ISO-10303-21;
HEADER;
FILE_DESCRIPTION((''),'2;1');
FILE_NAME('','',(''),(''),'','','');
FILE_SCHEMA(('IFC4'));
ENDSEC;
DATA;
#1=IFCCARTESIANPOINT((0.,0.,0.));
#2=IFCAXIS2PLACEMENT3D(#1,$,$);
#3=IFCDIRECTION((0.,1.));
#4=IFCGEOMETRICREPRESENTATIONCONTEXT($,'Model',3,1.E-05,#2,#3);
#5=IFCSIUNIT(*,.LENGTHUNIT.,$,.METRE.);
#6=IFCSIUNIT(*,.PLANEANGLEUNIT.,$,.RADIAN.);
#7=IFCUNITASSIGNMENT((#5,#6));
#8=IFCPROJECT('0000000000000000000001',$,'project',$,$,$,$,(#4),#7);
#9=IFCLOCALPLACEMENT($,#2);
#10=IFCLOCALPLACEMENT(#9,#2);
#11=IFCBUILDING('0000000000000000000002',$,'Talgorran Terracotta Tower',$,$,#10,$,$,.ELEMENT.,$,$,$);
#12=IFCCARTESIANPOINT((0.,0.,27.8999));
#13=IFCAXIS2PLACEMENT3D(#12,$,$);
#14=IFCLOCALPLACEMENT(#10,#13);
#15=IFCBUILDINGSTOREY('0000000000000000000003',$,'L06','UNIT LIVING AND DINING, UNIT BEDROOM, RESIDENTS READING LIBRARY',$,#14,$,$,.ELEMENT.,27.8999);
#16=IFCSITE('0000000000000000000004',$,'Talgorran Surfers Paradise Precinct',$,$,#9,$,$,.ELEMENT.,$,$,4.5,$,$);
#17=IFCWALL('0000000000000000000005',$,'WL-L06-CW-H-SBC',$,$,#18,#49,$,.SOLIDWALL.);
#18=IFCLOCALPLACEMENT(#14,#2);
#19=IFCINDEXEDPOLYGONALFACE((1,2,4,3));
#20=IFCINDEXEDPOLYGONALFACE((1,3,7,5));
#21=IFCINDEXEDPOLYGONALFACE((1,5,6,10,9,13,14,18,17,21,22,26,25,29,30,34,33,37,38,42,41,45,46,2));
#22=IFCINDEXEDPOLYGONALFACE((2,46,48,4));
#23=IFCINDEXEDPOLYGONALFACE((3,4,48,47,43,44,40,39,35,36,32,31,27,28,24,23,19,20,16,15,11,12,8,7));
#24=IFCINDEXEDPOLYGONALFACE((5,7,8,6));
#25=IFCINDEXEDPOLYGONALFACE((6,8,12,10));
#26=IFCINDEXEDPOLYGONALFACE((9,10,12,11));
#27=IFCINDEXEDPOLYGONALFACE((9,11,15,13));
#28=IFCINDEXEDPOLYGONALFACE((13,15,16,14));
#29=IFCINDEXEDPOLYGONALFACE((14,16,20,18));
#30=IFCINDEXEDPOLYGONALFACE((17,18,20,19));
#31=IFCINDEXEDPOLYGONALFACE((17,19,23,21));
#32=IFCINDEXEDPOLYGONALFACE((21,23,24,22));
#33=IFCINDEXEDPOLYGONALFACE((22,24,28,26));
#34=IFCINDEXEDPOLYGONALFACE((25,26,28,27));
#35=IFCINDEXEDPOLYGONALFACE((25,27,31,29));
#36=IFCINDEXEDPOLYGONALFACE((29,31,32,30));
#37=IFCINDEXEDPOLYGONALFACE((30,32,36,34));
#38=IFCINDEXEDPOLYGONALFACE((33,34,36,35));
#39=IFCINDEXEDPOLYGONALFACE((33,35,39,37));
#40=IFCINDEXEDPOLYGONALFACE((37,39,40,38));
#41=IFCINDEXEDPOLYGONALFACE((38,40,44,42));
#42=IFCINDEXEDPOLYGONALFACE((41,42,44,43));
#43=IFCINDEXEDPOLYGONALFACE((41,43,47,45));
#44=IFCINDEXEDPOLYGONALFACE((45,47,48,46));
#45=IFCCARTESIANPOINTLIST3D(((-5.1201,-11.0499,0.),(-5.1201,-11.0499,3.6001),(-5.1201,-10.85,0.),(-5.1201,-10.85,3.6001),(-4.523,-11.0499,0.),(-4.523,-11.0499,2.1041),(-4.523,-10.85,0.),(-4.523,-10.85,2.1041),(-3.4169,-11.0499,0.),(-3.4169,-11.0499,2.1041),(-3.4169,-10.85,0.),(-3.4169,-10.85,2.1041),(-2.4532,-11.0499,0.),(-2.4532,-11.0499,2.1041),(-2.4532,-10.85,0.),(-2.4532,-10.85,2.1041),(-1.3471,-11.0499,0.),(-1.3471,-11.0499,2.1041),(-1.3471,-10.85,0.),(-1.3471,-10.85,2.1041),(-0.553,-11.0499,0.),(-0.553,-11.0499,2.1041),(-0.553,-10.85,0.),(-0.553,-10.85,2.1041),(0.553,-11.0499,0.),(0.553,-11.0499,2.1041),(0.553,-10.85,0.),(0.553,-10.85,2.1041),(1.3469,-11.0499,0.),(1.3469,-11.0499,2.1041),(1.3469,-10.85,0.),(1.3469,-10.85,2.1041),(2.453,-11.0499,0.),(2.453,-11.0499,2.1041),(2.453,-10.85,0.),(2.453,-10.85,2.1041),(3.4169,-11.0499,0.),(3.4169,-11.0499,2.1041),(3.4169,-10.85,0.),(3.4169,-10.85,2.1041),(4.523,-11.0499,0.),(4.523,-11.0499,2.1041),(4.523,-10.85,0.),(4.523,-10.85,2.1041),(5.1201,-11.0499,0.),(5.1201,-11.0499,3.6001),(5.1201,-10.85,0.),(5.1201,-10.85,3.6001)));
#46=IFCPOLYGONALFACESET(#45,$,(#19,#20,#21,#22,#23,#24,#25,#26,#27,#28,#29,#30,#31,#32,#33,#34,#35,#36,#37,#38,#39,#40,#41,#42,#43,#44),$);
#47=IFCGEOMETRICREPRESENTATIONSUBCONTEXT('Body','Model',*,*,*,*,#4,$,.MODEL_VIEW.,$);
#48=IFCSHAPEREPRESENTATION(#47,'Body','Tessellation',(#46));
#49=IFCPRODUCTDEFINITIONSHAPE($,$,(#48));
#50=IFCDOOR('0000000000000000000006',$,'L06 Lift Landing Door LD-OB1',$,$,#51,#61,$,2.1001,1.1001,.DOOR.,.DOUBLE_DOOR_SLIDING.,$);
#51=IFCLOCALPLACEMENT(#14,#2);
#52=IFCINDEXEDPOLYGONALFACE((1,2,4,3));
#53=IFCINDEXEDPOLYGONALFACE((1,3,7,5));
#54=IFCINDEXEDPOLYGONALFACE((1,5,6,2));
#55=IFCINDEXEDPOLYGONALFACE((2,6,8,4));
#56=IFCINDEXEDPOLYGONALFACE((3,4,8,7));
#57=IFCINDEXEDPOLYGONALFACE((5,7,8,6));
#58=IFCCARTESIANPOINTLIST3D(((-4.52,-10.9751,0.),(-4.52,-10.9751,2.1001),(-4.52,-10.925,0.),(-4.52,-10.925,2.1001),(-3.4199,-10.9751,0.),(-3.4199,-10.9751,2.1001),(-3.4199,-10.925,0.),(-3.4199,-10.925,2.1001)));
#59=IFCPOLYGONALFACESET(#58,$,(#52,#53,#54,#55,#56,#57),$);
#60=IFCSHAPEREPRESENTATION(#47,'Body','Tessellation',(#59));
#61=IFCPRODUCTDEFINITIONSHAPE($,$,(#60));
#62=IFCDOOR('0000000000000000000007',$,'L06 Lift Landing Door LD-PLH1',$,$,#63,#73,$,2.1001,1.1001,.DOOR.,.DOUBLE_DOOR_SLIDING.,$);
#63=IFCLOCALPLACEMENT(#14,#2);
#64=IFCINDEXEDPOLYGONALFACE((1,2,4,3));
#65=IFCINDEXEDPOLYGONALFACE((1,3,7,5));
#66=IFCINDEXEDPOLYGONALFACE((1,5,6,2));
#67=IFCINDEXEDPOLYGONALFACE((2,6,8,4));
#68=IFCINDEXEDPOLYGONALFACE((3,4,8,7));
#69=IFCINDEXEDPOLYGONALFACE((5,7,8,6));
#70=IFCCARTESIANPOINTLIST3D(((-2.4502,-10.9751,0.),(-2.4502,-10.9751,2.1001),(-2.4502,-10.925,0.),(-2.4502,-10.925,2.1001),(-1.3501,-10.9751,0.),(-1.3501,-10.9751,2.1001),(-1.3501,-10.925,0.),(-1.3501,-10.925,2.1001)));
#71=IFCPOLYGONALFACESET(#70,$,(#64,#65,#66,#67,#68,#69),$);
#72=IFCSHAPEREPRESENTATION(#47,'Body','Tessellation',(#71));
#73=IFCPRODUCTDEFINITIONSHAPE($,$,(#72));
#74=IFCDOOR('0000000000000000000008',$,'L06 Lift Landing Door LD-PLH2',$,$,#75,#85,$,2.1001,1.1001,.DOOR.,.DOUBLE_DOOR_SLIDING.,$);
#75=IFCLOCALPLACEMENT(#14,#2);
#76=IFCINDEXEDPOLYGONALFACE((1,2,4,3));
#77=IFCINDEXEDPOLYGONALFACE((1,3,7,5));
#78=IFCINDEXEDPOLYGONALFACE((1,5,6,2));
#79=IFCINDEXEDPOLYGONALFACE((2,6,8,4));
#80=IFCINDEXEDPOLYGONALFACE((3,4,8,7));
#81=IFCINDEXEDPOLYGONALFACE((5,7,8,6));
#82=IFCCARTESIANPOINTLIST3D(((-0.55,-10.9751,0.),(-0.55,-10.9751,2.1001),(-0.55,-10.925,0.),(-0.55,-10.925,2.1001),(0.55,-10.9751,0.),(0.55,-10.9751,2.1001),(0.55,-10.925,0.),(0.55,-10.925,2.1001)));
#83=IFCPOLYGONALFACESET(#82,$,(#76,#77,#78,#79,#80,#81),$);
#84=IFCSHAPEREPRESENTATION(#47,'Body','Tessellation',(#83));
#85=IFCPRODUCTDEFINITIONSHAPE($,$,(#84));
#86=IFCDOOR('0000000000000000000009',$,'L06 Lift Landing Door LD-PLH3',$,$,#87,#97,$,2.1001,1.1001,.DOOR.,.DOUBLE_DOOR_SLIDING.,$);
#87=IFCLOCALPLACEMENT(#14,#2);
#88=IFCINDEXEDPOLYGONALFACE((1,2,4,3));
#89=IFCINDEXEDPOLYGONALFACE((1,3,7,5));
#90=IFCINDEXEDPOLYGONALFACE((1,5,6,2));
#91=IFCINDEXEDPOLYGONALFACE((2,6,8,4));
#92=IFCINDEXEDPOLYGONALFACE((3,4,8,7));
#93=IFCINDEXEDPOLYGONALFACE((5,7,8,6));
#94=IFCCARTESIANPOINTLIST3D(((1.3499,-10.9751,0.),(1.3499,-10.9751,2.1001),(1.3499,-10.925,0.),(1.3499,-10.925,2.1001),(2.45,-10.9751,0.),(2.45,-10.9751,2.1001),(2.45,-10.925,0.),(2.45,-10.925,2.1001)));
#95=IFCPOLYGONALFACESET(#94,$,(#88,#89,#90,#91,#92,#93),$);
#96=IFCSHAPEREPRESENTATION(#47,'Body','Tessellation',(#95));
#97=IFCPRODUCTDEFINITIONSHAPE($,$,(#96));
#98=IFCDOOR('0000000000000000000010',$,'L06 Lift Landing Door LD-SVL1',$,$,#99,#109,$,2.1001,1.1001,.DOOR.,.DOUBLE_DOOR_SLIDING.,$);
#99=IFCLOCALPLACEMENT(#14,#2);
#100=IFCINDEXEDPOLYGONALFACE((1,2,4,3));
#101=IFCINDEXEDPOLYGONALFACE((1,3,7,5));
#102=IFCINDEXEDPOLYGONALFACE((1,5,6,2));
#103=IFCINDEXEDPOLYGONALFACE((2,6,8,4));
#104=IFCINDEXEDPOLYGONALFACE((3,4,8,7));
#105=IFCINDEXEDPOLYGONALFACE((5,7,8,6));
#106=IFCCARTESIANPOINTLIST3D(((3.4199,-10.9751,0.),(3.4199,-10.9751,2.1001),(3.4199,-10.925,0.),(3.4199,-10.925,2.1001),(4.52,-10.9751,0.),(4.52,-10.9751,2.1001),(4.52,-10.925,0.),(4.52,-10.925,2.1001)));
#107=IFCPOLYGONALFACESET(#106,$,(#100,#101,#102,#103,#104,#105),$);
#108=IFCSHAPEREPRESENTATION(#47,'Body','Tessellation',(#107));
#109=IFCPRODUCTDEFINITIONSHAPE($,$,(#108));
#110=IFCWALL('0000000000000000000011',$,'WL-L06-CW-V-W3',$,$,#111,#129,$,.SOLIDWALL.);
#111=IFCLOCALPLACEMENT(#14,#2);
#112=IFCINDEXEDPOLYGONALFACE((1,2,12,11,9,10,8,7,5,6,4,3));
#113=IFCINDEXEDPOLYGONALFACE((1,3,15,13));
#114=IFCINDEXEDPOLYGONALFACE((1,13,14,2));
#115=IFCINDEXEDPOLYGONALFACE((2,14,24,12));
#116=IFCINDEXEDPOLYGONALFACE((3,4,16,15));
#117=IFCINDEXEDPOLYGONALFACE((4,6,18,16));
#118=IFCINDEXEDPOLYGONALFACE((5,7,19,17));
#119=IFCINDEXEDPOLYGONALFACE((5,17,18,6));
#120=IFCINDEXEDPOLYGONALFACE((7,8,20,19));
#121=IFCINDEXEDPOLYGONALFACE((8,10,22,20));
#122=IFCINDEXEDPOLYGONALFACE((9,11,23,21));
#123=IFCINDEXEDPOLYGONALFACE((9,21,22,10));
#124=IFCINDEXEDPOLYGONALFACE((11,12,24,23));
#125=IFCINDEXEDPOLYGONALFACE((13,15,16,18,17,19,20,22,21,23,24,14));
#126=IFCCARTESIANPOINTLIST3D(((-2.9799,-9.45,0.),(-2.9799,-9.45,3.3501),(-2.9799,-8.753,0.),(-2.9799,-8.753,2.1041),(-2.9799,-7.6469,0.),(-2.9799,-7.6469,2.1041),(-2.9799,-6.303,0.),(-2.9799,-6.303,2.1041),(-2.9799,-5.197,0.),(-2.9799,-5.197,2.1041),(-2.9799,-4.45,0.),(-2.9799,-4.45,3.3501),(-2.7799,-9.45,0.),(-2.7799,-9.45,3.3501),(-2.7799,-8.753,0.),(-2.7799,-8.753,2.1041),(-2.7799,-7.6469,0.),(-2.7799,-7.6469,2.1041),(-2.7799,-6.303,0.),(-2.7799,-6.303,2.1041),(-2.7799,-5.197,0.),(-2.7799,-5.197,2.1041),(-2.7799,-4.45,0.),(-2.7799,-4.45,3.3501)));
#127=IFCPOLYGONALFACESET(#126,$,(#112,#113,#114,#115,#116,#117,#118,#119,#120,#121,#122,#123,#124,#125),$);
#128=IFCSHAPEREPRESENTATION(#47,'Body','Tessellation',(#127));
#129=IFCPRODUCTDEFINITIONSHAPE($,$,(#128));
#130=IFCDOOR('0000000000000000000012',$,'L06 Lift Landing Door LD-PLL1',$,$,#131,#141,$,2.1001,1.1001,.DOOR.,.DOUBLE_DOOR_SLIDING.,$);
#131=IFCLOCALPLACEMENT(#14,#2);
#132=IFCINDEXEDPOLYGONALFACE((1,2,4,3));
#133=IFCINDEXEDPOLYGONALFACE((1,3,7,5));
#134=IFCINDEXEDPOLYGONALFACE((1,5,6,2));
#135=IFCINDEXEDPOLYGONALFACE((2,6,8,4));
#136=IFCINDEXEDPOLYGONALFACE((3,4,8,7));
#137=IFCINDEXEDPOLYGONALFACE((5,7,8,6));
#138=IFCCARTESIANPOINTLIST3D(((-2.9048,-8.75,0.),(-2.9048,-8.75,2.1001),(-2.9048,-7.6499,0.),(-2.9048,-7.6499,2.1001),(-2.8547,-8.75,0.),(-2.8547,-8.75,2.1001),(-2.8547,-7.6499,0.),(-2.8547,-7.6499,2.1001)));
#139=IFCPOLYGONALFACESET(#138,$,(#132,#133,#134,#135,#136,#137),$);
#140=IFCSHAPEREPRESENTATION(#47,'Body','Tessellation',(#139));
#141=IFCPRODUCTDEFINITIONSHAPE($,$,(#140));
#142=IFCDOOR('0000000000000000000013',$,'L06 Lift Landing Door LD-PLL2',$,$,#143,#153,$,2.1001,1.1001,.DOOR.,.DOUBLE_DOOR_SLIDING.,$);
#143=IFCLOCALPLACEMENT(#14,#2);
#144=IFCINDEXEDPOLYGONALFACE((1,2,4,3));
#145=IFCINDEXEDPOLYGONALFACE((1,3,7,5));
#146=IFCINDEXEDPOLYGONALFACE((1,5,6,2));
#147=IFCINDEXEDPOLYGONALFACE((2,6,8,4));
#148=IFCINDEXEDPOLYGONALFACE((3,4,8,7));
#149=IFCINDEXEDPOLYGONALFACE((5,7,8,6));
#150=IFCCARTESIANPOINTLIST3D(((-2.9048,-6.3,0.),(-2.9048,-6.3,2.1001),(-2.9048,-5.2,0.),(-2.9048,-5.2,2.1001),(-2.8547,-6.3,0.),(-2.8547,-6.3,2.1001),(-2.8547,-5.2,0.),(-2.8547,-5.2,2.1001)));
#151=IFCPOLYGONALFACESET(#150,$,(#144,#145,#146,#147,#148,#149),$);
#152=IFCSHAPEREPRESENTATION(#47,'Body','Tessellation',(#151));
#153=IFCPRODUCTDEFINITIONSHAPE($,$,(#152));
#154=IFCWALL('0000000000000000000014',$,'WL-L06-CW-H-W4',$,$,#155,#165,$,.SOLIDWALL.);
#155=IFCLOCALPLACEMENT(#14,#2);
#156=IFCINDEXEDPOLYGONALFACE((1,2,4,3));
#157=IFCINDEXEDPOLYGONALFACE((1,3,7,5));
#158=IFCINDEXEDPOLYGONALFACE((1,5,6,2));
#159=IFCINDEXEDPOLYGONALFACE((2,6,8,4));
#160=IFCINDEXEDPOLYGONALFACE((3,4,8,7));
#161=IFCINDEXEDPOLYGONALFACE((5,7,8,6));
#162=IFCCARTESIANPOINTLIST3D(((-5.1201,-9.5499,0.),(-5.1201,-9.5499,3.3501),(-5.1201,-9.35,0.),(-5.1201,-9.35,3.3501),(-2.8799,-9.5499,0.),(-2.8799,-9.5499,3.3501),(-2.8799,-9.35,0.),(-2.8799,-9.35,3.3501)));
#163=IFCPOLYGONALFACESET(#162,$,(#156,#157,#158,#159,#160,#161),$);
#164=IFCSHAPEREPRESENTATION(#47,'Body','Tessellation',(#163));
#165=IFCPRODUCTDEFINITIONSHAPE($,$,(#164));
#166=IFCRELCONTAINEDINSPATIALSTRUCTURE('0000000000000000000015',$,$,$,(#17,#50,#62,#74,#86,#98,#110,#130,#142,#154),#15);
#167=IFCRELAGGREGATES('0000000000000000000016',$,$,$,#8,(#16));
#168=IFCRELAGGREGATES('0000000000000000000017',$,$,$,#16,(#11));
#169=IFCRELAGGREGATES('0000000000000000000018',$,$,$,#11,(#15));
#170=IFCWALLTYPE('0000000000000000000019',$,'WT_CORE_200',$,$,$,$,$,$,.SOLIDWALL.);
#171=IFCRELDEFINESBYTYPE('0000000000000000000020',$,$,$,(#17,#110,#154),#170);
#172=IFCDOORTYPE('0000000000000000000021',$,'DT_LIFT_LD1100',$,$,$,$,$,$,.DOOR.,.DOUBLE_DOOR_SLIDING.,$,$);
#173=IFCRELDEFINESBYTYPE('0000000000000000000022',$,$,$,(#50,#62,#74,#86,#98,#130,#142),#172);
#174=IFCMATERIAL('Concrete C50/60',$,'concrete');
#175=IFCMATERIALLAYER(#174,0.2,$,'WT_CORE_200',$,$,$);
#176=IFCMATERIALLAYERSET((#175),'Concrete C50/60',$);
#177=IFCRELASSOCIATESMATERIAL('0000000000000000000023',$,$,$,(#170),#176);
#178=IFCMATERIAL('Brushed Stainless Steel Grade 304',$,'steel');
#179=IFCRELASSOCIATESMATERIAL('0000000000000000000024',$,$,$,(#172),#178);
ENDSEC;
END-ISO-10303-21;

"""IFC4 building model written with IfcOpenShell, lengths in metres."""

from ifc_helpers import new_model, si_unit, direction, frame, frame_2d, origin, place, context, subcontext, project, spatial, rectangle, extrude, material, layer, layer_set, type_object, element, fill, save


model = new_model("IFC4")

# Units and contexts
model_context = context("Model", 3, precision=1e-05, world=origin(), true_north=direction((0.0, 1.0)))
body_context = subcontext(model_context, "Body", "Model", "MODEL_VIEW")
ifc_project = project(units=[si_unit("LENGTHUNIT", "METRE"), si_unit("PLANEANGLEUNIT", "RADIAN")], contexts=[model_context])

# Site, building, storey
site_placement = place(None, origin())
site = spatial("IfcSite", under=ifc_project, at=site_placement, Name="Talgorran Surfers Paradise Precinct", CompositionType="ELEMENT", RefElevation=4.5)
building_placement = place(site_placement, origin())
building = spatial("IfcBuilding", under=site, at=building_placement, Name="Talgorran Terracotta Tower", CompositionType="ELEMENT")
storey_placement = place(building_placement, frame((0.0, 0.0, 27.8999)))
storey = spatial("IfcBuildingStorey", under=building, at=storey_placement, Name="L06", Description="UNIT LIVING AND DINING, UNIT BEDROOM, RESIDENTS READING LIBRARY", CompositionType="ELEMENT", Elevation=27.8999)

# Walls, openings, doors
ifc_material_1 = material(Name="Concrete C50/60", Category="concrete")
ifc_layer_1 = layer(ifc_material_1, 0.2, Name="WT_CORE_200")
ifc_layer_set_1 = layer_set([ifc_layer_1], Name="Concrete C50/60")
wall_type_1 = type_object("IfcWallType", Name="WT_CORE_200", PredefinedType="SOLIDWALL", material=ifc_layer_set_1)
wall_1_placement = place(storey_placement, frame((-5.1201, -10.95, 0.0), z_axis=(0.0, 0.0, 1.0), x_axis=(1.0, 0.0, 0.0)))
wall_1 = element("IfcWall", 1, at=wall_1_placement, inside=storey, type_object=wall_type_1, Name="WL-L06-CW-H-SBC", PredefinedType="SOLIDWALL", context=body_context, shape_type="SweptSolid", body=[
    extrude(rectangle(XDim=10.2402, YDim=0.2, at=frame_2d((5.1201, 0.0))), origin(), (0.0, 0.0, 1.0), 3.6001),
])
opening_1_placement = place(wall_1_placement, frame((0.6001, 0.0, 0.0)))
opening_1 = element("IfcOpeningElement", 2, at=opening_1_placement, cuts=wall_1, PredefinedType="OPENING", context=body_context, shape_type="SweptSolid", body=[
    extrude(rectangle(XDim=1.1061, YDim=2.1041, at=frame_2d((0.55, 1.052))), frame((0.0, 0.1099, 0.0), z_axis=(0.0, -1.0, 0.0), x_axis=(1.0, 0.0, 0.0)), (0.0, 0.0, 1.0), 0.22),
])
opening_2_placement = place(wall_1_placement, frame((2.6699, 0.0, 0.0)))
opening_2 = element("IfcOpeningElement", 3, at=opening_2_placement, cuts=wall_1, PredefinedType="OPENING", context=body_context, shape_type="SweptSolid", body=[
    extrude(rectangle(XDim=1.1061, YDim=2.1041, at=frame_2d((0.55, 1.052))), frame((0.0, 0.1099, 0.0), z_axis=(0.0, -1.0, 0.0), x_axis=(1.0, 0.0, 0.0)), (0.0, 0.0, 1.0), 0.22),
])
opening_3_placement = place(wall_1_placement, frame((4.5701, 0.0, 0.0)))
opening_3 = element("IfcOpeningElement", 4, at=opening_3_placement, cuts=wall_1, PredefinedType="OPENING", context=body_context, shape_type="SweptSolid", body=[
    extrude(rectangle(XDim=1.1061, YDim=2.1041, at=frame_2d((0.55, 1.052))), frame((0.0, 0.1099, 0.0), z_axis=(0.0, -1.0, 0.0), x_axis=(1.0, 0.0, 0.0)), (0.0, 0.0, 1.0), 0.22),
])
opening_4_placement = place(wall_1_placement, frame((6.47, 0.0, 0.0)))
opening_4 = element("IfcOpeningElement", 5, at=opening_4_placement, cuts=wall_1, PredefinedType="OPENING", context=body_context, shape_type="SweptSolid", body=[
    extrude(rectangle(XDim=1.1061, YDim=2.1041, at=frame_2d((0.55, 1.052))), frame((0.0, 0.1099, 0.0), z_axis=(0.0, -1.0, 0.0), x_axis=(1.0, 0.0, 0.0)), (0.0, 0.0, 1.0), 0.22),
])
opening_5_placement = place(wall_1_placement, frame((8.54, 0.0, 0.0)))
opening_5 = element("IfcOpeningElement", 6, at=opening_5_placement, cuts=wall_1, PredefinedType="OPENING", context=body_context, shape_type="SweptSolid", body=[
    extrude(rectangle(XDim=1.1061, YDim=2.1041, at=frame_2d((0.55, 1.052))), frame((0.0, 0.1099, 0.0), z_axis=(0.0, -1.0, 0.0), x_axis=(1.0, 0.0, 0.0)), (0.0, 0.0, 1.0), 0.22),
])
ifc_material_2 = material(Name="Brushed Stainless Steel Grade 304", Category="steel")
door_type = type_object("IfcDoorType", Name="DT_LIFT_LD1100", OperationType="DOUBLE_DOOR_SLIDING", PredefinedType="DOOR", material=ifc_material_2)
door_1_placement = place(opening_1_placement, origin())
door_1 = element("IfcDoor", 7, at=door_1_placement, inside=storey, type_object=door_type, Name="L06 Lift Landing Door LD-OB1", OperationType="DOUBLE_DOOR_SLIDING", OverallHeight=2.1001, OverallWidth=1.1001, PredefinedType="DOOR", context=body_context, shape_type="SweptSolid", body=[
    extrude(rectangle(XDim=1.1001, YDim=2.1001, at=frame_2d((0.55, 1.05))), frame((0.0, 0.0249, 0.0), z_axis=(0.0, -1.0, 0.0), x_axis=(1.0, 0.0, 0.0)), (0.0, 0.0, 1.0), 0.05),
])
fill(opening_1, door_1)
door_2_placement = place(opening_2_placement, origin())
door_2 = element("IfcDoor", 8, at=door_2_placement, inside=storey, type_object=door_type, Name="L06 Lift Landing Door LD-PLH1", OperationType="DOUBLE_DOOR_SLIDING", OverallHeight=2.1001, OverallWidth=1.1001, PredefinedType="DOOR", context=body_context, shape_type="SweptSolid", body=[
    extrude(rectangle(XDim=1.1001, YDim=2.1001, at=frame_2d((0.55, 1.05))), frame((0.0, 0.0249, 0.0), z_axis=(0.0, -1.0, 0.0), x_axis=(1.0, 0.0, 0.0)), (0.0, 0.0, 1.0), 0.05),
])
fill(opening_2, door_2)
door_3_placement = place(opening_3_placement, origin())
door_3 = element("IfcDoor", 9, at=door_3_placement, inside=storey, type_object=door_type, Name="L06 Lift Landing Door LD-PLH2", OperationType="DOUBLE_DOOR_SLIDING", OverallHeight=2.1001, OverallWidth=1.1001, PredefinedType="DOOR", context=body_context, shape_type="SweptSolid", body=[
    extrude(rectangle(XDim=1.1001, YDim=2.1001, at=frame_2d((0.55, 1.05))), frame((0.0, 0.0249, 0.0), z_axis=(0.0, -1.0, 0.0), x_axis=(1.0, 0.0, 0.0)), (0.0, 0.0, 1.0), 0.05),
])
fill(opening_3, door_3)
door_4_placement = place(opening_4_placement, origin())
door_4 = element("IfcDoor", 10, at=door_4_placement, inside=storey, type_object=door_type, Name="L06 Lift Landing Door LD-PLH3", OperationType="DOUBLE_DOOR_SLIDING", OverallHeight=2.1001, OverallWidth=1.1001, PredefinedType="DOOR", context=body_context, shape_type="SweptSolid", body=[
    extrude(rectangle(XDim=1.1001, YDim=2.1001, at=frame_2d((0.55, 1.05))), frame((0.0, 0.0249, 0.0), z_axis=(0.0, -1.0, 0.0), x_axis=(1.0, 0.0, 0.0)), (0.0, 0.0, 1.0), 0.05),
])
fill(opening_4, door_4)
door_5_placement = place(opening_5_placement, origin())
door_5 = element("IfcDoor", 11, at=door_5_placement, inside=storey, type_object=door_type, Name="L06 Lift Landing Door LD-SVL1", OperationType="DOUBLE_DOOR_SLIDING", OverallHeight=2.1001, OverallWidth=1.1001, PredefinedType="DOOR", context=body_context, shape_type="SweptSolid", body=[
    extrude(rectangle(XDim=1.1001, YDim=2.1001, at=frame_2d((0.55, 1.05))), frame((0.0, 0.0249, 0.0), z_axis=(0.0, -1.0, 0.0), x_axis=(1.0, 0.0, 0.0)), (0.0, 0.0, 1.0), 0.05),
])
fill(opening_5, door_5)
wall_2_placement = place(storey_placement, frame((-2.8799, -9.45, 0.0), z_axis=(0.0, 0.0, 1.0), x_axis=(0.0, 1.0, 0.0)))
wall_2 = element("IfcWall", 12, at=wall_2_placement, inside=storey, type_object=wall_type_1, Name="WL-L06-CW-V-W3", PredefinedType="SOLIDWALL", context=body_context, shape_type="SweptSolid", body=[
    extrude(rectangle(XDim=5.0, YDim=0.2, at=frame_2d((2.5, 0.0))), origin(), (0.0, 0.0, 1.0), 3.3501),
])
opening_6_placement = place(wall_2_placement, frame((0.7, 0.0, 0.0)))
opening_6 = element("IfcOpeningElement", 13, at=opening_6_placement, cuts=wall_2, PredefinedType="OPENING", context=body_context, shape_type="SweptSolid", body=[
    extrude(rectangle(XDim=1.1061, YDim=2.1041, at=frame_2d((0.55, 1.052))), frame((0.0, 0.1099, 0.0), z_axis=(0.0, -1.0, 0.0), x_axis=(1.0, 0.0, 0.0)), (0.0, 0.0, 1.0), 0.22),
])
opening_7_placement = place(wall_2_placement, frame((3.1499, 0.0, 0.0)))
opening_7 = element("IfcOpeningElement", 14, at=opening_7_placement, cuts=wall_2, PredefinedType="OPENING", context=body_context, shape_type="SweptSolid", body=[
    extrude(rectangle(XDim=1.1061, YDim=2.1041, at=frame_2d((0.55, 1.052))), frame((0.0, 0.1099, 0.0), z_axis=(0.0, -1.0, 0.0), x_axis=(1.0, 0.0, 0.0)), (0.0, 0.0, 1.0), 0.22),
])
door_6_placement = place(opening_6_placement, origin())
door_6 = element("IfcDoor", 15, at=door_6_placement, inside=storey, type_object=door_type, Name="L06 Lift Landing Door LD-PLL1", OperationType="DOUBLE_DOOR_SLIDING", OverallHeight=2.1001, OverallWidth=1.1001, PredefinedType="DOOR", context=body_context, shape_type="SweptSolid", body=[
    extrude(rectangle(XDim=1.1001, YDim=2.1001, at=frame_2d((0.55, 1.05))), frame((0.0, 0.0249, 0.0), z_axis=(0.0, -1.0, 0.0), x_axis=(1.0, 0.0, 0.0)), (0.0, 0.0, 1.0), 0.05),
])
fill(opening_6, door_6)
door_7_placement = place(opening_7_placement, origin())
door_7 = element("IfcDoor", 16, at=door_7_placement, inside=storey, type_object=door_type, Name="L06 Lift Landing Door LD-PLL2", OperationType="DOUBLE_DOOR_SLIDING", OverallHeight=2.1001, OverallWidth=1.1001, PredefinedType="DOOR", context=body_context, shape_type="SweptSolid", body=[
    extrude(rectangle(XDim=1.1001, YDim=2.1001, at=frame_2d((0.55, 1.05))), frame((0.0, 0.0249, 0.0), z_axis=(0.0, -1.0, 0.0), x_axis=(1.0, 0.0, 0.0)), (0.0, 0.0, 1.0), 0.05),
])
fill(opening_7, door_7)

# Wall
wall_3_placement = place(storey_placement, frame((-5.1201, -9.45, 0.0), z_axis=(0.0, 0.0, 1.0), x_axis=(1.0, 0.0, 0.0)))
element("IfcWall", 17, at=wall_3_placement, inside=storey, type_object=wall_type_1, Name="WL-L06-CW-H-W4", PredefinedType="SOLIDWALL", context=body_context, shape_type="SweptSolid", body=[
    extrude(rectangle(XDim=2.2402, YDim=0.2, at=frame_2d((1.1201, 0.0))), origin(), (0.0, 0.0, 1.0), 3.3501),
])

save(model, "model.ifc")
